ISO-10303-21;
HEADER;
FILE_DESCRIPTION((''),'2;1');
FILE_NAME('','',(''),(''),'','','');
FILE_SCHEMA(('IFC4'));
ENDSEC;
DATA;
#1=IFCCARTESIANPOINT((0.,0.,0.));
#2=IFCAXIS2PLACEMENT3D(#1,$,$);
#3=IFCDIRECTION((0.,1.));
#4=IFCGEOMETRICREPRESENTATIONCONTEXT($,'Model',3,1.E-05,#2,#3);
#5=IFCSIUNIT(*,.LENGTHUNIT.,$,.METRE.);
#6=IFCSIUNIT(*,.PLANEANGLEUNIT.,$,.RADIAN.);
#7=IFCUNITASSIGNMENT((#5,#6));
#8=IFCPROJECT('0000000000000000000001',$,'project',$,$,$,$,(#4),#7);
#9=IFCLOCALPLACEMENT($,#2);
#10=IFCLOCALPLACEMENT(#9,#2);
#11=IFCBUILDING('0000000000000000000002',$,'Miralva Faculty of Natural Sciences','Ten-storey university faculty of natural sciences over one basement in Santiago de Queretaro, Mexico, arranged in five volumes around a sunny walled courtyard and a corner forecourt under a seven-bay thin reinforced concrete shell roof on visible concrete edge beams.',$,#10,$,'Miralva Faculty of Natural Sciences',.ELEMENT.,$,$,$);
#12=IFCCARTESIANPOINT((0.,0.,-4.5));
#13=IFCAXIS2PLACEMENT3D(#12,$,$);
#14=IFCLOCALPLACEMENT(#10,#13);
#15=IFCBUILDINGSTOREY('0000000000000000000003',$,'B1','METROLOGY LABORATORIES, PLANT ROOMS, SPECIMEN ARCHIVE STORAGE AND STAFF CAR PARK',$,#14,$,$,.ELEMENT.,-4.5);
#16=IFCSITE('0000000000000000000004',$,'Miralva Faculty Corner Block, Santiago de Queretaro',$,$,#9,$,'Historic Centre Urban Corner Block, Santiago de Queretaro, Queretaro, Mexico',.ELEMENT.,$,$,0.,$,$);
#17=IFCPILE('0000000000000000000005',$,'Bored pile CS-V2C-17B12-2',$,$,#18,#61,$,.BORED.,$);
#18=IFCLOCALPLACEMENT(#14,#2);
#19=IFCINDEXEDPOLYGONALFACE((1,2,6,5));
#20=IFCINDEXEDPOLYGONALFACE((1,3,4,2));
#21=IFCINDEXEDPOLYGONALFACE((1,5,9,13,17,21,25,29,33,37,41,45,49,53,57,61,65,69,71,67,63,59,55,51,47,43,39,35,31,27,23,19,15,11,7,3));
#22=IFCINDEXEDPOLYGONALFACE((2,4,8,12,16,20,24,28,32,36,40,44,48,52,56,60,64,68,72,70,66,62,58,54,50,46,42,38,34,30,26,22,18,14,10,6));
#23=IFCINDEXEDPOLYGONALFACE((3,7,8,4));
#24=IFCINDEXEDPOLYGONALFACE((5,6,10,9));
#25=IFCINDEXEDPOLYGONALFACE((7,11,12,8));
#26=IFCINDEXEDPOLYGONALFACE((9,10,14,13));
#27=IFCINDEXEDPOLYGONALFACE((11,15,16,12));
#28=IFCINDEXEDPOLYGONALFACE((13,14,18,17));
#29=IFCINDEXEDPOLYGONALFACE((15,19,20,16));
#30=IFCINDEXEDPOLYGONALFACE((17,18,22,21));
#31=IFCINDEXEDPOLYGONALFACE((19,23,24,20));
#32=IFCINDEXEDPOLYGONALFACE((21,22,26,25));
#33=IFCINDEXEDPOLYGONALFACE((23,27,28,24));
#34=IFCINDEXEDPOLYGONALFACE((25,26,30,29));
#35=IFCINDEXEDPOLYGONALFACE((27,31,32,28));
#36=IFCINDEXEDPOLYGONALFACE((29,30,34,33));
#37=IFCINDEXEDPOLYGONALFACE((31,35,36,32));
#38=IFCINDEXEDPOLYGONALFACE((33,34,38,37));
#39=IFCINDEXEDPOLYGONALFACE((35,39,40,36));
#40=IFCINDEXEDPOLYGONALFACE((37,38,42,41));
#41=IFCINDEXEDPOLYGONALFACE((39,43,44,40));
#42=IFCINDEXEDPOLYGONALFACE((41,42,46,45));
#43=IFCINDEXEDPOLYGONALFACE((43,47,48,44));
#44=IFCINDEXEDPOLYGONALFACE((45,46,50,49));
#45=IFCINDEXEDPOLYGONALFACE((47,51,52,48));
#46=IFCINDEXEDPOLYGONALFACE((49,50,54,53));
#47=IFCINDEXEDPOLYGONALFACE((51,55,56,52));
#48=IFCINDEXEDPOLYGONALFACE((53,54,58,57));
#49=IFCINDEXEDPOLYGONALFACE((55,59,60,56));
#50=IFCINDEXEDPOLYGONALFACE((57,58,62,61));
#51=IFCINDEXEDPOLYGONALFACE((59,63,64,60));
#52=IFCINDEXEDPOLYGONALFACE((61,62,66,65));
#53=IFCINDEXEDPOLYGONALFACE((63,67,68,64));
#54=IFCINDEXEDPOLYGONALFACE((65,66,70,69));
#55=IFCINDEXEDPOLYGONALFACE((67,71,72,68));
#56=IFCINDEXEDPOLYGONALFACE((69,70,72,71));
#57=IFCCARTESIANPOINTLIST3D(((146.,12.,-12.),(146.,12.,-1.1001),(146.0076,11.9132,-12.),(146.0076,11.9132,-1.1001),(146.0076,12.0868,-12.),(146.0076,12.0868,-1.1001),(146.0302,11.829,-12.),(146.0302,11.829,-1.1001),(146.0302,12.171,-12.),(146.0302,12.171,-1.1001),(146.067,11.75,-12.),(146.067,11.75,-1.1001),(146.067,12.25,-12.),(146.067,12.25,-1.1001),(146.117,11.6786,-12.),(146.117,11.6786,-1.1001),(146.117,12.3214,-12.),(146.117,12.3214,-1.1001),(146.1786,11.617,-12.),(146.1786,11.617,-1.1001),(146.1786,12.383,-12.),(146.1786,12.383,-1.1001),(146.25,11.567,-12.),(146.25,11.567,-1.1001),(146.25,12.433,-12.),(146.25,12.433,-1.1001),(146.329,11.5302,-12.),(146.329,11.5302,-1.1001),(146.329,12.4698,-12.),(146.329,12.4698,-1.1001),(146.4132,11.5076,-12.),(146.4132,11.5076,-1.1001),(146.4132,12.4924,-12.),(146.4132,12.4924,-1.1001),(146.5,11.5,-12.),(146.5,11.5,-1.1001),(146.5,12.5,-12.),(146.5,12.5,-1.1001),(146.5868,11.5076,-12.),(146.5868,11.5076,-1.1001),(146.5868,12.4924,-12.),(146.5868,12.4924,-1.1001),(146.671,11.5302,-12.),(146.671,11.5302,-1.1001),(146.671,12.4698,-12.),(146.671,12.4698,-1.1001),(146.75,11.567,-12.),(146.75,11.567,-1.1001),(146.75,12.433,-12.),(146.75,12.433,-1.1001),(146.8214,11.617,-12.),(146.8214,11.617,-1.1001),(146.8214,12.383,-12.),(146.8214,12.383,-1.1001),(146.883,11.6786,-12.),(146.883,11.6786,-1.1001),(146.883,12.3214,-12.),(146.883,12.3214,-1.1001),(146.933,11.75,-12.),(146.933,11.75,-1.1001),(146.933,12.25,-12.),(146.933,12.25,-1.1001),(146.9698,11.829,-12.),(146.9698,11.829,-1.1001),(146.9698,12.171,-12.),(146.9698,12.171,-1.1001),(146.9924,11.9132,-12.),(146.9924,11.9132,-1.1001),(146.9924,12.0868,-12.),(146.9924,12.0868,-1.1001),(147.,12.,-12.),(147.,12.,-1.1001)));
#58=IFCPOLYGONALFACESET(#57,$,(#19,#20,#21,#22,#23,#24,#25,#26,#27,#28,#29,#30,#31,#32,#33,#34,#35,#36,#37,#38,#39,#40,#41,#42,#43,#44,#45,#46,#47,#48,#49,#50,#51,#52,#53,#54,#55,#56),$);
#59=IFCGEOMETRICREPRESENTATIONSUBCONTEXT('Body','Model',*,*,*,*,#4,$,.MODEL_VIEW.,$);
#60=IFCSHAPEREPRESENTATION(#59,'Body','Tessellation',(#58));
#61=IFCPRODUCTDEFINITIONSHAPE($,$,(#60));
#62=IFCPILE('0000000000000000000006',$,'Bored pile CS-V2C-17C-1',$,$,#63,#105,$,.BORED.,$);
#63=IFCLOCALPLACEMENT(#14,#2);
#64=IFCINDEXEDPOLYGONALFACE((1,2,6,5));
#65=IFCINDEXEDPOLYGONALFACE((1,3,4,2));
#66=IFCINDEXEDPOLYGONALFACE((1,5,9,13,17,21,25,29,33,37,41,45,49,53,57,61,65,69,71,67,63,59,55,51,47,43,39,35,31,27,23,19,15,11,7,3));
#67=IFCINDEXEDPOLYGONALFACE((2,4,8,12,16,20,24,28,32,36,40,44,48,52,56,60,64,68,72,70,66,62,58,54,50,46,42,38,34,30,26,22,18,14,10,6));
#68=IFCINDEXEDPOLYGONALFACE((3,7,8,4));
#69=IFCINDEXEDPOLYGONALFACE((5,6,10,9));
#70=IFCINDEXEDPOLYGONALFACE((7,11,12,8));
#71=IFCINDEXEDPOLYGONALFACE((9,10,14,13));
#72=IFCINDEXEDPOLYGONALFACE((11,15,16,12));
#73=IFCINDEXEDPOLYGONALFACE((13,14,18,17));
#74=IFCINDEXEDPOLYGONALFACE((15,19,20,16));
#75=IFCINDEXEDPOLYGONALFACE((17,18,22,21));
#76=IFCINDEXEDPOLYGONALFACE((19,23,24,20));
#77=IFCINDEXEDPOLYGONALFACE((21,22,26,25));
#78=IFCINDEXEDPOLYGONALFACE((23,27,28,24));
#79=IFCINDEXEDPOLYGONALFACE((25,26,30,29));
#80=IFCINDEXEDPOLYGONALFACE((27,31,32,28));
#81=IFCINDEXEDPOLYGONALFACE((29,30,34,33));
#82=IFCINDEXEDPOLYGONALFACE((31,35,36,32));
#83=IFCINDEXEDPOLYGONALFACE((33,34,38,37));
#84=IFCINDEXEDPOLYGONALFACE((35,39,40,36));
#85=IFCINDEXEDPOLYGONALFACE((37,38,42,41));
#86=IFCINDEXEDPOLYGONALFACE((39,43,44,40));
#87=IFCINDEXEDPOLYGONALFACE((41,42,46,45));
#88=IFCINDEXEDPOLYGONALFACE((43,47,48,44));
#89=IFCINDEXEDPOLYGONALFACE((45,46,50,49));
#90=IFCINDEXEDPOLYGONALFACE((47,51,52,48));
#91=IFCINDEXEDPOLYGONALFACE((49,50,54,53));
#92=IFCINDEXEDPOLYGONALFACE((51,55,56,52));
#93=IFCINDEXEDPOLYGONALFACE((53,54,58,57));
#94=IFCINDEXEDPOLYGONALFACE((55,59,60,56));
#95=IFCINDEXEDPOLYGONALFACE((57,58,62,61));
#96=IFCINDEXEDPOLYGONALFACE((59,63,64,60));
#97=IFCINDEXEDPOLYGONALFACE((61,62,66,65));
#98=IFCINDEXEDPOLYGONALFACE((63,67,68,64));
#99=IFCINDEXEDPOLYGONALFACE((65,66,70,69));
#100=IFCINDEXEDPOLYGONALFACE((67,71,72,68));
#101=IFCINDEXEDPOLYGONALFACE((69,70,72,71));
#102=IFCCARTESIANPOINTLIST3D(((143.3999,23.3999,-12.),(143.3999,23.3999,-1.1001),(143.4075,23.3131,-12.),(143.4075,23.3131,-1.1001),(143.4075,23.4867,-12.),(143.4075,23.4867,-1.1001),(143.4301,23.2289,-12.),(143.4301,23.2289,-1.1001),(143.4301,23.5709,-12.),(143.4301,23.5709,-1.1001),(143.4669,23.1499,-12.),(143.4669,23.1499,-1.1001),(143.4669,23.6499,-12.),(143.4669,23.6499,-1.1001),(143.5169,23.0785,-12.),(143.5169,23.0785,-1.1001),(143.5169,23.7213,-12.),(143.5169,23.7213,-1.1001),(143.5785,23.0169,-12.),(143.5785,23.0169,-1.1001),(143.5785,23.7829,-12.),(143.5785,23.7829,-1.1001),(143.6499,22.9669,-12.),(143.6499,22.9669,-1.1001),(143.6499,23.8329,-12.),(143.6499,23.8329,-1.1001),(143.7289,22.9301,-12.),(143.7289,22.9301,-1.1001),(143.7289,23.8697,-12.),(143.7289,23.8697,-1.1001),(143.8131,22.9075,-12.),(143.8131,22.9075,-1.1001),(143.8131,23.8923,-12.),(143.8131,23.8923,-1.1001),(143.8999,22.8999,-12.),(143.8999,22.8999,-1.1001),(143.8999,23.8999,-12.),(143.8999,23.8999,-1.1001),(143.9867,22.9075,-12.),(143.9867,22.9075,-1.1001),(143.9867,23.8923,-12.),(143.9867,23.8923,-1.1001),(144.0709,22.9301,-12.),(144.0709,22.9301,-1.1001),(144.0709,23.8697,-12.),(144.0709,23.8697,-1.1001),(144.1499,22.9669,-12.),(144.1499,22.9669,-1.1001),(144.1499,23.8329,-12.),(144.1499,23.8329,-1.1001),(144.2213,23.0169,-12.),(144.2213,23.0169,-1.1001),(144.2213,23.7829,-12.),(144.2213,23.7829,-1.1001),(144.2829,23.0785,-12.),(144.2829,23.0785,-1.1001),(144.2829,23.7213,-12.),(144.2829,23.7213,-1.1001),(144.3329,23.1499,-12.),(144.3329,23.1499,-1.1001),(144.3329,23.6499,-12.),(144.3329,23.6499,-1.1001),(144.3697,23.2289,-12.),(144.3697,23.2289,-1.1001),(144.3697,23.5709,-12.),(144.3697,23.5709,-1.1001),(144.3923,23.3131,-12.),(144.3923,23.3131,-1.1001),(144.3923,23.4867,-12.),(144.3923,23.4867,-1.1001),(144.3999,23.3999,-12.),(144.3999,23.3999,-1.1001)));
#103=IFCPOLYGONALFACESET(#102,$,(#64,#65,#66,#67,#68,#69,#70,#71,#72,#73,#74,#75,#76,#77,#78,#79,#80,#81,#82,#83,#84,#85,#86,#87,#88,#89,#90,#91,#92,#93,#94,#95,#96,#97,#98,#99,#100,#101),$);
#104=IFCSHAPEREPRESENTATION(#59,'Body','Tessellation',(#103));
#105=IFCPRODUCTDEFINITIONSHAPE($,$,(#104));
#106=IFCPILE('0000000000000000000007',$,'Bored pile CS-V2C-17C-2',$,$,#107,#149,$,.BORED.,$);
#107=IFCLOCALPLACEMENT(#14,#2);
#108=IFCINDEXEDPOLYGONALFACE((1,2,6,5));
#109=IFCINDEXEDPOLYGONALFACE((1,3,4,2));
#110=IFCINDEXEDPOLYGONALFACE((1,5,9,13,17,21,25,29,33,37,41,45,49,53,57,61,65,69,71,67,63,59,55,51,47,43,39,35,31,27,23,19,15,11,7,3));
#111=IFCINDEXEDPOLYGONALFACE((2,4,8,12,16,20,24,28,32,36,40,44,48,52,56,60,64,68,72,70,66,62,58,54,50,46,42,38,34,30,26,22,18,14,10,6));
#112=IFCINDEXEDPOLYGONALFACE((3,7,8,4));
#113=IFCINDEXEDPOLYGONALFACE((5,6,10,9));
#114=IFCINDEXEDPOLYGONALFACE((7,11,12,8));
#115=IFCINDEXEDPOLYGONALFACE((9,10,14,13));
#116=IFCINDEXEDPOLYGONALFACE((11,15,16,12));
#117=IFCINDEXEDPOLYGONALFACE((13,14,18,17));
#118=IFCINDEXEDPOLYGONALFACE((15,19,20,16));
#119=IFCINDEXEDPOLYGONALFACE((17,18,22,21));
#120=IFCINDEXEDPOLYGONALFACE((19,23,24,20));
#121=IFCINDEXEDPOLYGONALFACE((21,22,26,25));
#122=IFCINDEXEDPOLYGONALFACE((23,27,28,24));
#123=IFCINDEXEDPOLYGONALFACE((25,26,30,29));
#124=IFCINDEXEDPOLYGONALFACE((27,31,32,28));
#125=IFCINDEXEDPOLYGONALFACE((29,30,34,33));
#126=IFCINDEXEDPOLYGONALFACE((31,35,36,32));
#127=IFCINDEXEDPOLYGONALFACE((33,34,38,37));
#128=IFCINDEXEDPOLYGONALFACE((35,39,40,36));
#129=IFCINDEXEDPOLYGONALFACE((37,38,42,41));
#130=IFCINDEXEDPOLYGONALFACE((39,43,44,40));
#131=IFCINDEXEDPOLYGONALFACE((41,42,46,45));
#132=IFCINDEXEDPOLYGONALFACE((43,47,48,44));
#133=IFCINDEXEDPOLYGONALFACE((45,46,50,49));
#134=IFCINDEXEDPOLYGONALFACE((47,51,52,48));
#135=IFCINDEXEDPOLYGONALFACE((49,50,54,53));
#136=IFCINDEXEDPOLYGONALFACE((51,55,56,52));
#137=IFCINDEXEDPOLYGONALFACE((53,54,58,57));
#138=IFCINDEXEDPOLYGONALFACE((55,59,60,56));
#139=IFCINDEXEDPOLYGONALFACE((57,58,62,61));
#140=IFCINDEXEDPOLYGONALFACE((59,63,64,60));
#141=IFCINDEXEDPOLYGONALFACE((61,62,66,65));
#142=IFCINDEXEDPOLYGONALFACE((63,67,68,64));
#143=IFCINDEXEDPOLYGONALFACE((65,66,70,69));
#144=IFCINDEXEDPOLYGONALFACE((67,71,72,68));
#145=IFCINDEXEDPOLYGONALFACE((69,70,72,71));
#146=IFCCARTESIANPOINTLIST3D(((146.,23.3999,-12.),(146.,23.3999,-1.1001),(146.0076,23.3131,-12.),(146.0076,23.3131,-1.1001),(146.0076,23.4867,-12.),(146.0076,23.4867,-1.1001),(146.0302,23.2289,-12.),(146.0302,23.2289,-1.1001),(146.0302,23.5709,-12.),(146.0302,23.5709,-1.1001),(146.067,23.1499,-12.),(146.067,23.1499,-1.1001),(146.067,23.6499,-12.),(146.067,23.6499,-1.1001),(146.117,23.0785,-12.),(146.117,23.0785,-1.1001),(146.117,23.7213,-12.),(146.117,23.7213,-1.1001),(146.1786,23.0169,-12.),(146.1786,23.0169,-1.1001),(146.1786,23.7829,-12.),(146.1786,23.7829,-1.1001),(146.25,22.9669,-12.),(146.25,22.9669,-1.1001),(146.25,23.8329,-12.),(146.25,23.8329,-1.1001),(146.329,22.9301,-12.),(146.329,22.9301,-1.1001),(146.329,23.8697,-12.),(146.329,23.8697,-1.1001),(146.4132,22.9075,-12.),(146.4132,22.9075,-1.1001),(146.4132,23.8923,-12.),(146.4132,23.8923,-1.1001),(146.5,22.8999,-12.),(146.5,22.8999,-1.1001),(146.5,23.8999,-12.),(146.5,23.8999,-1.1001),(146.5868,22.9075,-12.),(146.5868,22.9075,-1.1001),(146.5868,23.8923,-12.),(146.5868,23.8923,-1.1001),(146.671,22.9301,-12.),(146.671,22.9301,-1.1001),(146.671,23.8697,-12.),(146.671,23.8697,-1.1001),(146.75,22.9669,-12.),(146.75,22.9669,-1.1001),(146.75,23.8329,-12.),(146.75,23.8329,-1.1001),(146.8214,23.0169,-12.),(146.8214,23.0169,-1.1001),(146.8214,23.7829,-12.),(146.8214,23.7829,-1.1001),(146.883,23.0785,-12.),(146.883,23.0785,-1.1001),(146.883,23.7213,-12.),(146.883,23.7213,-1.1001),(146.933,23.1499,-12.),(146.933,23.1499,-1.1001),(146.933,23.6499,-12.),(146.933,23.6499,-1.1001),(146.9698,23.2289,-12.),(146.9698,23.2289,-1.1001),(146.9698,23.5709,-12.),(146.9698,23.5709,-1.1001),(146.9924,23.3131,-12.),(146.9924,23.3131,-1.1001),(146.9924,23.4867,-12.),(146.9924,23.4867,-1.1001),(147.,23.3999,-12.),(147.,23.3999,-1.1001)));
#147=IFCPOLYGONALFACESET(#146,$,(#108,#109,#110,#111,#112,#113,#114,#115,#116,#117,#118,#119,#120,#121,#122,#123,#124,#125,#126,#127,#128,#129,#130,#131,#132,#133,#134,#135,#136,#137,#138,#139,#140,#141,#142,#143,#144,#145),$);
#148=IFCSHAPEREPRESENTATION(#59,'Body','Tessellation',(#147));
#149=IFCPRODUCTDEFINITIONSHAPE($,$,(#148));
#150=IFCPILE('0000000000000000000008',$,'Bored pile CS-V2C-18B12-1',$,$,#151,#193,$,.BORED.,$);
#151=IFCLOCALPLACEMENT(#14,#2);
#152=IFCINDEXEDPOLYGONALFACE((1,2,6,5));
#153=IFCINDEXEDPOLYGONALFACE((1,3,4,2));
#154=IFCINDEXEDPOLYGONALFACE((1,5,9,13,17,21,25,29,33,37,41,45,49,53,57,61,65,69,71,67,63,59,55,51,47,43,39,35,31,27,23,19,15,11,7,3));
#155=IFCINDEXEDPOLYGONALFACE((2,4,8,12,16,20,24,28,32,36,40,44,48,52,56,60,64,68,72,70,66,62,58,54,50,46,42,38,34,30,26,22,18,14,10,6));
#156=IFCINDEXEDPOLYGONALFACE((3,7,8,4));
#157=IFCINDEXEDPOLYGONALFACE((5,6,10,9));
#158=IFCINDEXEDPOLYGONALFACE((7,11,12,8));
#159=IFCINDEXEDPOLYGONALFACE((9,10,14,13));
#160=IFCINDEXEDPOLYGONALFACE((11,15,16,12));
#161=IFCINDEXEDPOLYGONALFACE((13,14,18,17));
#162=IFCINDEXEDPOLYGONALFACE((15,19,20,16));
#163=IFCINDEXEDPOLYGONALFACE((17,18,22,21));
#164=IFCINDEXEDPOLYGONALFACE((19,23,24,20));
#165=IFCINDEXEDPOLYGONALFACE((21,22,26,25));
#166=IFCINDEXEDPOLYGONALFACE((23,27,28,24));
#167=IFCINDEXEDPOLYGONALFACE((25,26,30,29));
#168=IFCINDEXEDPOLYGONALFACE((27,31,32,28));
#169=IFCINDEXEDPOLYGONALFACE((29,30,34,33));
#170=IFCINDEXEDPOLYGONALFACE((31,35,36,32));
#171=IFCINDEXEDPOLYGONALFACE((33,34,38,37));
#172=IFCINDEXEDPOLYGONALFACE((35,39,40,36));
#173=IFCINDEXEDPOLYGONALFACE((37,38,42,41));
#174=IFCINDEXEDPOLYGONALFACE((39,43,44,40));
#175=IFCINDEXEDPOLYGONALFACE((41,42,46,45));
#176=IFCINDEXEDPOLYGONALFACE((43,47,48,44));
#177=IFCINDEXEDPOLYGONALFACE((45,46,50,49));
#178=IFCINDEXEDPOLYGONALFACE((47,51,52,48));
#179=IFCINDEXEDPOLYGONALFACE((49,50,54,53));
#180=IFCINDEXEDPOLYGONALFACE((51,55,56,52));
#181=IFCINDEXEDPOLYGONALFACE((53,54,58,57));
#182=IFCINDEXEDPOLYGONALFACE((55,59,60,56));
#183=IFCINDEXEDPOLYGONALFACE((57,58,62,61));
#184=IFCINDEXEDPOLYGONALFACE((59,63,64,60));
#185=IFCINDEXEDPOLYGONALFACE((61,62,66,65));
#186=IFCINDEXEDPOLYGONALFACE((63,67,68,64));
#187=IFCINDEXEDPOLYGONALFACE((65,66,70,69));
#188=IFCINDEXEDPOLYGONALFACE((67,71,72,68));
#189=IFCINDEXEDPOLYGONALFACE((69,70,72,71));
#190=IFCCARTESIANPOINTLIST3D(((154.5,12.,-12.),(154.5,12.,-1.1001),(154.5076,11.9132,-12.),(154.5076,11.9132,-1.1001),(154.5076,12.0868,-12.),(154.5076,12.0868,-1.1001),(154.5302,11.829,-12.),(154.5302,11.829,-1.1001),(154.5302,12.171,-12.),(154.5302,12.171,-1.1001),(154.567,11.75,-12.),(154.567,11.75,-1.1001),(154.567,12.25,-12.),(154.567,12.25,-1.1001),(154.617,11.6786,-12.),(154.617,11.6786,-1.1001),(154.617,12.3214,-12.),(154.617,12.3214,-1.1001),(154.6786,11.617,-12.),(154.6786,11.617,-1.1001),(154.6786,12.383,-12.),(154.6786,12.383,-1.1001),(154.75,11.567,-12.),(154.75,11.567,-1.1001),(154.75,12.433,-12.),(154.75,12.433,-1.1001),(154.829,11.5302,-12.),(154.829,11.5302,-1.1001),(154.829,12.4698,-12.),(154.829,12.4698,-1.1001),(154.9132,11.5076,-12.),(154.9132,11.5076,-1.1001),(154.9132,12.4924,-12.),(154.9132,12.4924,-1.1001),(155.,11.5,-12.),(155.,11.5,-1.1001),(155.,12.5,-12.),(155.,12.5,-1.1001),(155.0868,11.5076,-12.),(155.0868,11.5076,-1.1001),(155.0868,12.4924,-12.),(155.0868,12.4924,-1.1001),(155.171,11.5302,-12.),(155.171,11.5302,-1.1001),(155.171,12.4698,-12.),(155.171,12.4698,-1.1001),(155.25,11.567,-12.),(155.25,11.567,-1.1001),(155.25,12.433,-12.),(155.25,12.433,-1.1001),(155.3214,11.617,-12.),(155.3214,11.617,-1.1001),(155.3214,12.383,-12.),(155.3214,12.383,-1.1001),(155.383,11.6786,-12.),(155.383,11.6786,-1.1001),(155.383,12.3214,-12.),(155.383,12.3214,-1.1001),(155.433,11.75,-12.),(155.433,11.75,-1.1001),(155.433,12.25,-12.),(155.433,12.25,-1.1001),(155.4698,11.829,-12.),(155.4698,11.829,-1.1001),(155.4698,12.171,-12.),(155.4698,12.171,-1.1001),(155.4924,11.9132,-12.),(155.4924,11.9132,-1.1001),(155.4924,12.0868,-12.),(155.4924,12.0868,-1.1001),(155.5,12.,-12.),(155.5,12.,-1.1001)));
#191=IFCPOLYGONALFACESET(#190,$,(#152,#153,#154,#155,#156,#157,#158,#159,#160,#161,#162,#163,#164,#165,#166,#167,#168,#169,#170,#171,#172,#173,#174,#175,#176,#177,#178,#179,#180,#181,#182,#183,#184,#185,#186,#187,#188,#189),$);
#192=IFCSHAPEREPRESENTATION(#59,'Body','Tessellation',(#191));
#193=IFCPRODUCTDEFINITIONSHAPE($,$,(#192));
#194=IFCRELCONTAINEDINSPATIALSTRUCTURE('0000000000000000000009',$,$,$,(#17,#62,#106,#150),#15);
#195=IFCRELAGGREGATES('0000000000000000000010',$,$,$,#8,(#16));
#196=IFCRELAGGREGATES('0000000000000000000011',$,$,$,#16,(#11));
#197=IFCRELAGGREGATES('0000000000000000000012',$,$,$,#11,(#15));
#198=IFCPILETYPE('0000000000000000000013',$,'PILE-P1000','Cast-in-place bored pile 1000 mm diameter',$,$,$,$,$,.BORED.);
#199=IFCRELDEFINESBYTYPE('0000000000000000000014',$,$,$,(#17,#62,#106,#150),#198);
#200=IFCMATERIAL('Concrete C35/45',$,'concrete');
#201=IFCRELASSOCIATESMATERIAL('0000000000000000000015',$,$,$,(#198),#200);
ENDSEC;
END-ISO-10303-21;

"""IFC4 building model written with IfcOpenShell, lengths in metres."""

from ifc_helpers import new_model, si_unit, direction, frame, origin, origin_2d, place, context, subcontext, project, spatial, circle, extrude, material, material_profile, profile_set, type_object, element, save


model = new_model("IFC4")

# Units and contexts
model_context = context("Model", 3, precision=1e-05, world=origin(), true_north=direction((0.0, 1.0)))
body_context = subcontext(model_context, "Body", "Model", "MODEL_VIEW")
ifc_project = project(units=[si_unit("LENGTHUNIT", "METRE"), si_unit("PLANEANGLEUNIT", "RADIAN")], contexts=[model_context])

# Site, building, storey
site_placement = place(None, origin())
site = spatial("IfcSite", under=ifc_project, at=site_placement, Name="Miralva Faculty Corner Block, Santiago de Queretaro", LongName="Historic Centre Urban Corner Block, Santiago de Queretaro, Queretaro, Mexico", CompositionType="ELEMENT", RefElevation=0.0)
building_placement = place(site_placement, origin())
building = spatial("IfcBuilding", under=site, at=building_placement, Name="Miralva Faculty of Natural Sciences", Description="Ten-storey university faculty of natural sciences over one basement in Santiago de Queretaro, Mexico, arranged in five volumes around a sunny walled courtyard and a corner forecourt under a seven-bay thin reinforced concrete shell roof on visible concrete edge beams.", LongName="Miralva Faculty of Natural Sciences", CompositionType="ELEMENT")
storey_placement = place(building_placement, frame((0.0, 0.0, -4.5)))
storey = spatial("IfcBuildingStorey", under=building, at=storey_placement, Name="B1", Description="METROLOGY LABORATORIES, PLANT ROOMS, SPECIMEN ARCHIVE STORAGE AND STAFF CAR PARK", CompositionType="ELEMENT", Elevation=-4.5)

# Shared definitions
ifc_material_1 = material(Name="Concrete C35/45", Category="concrete")

# Piles
ifc_material_profile_1 = material_profile(ifc_material_1, circle(Radius=0.5, at=origin_2d()), Name="BORED PILE 1000")
ifc_profile_set_1 = profile_set([ifc_material_profile_1], Name="Concrete C35/45")
pile_type = type_object("IfcPileType", Name="PILE-P1000", Description="Cast-in-place bored pile 1000 mm diameter", PredefinedType="BORED", material=ifc_profile_set_1)
for number, where, z_axis, x_axis, name in (
    (1, (146.5, 12.0, -1.1001), (0.0, 0.0, -1.0), (1.0, 0.0, 0.0), "Bored pile CS-V2C-17B12-2"),
    (2, (143.8999, 23.3999, -1.1001), (0.0, 0.0, -1.0), (1.0, 0.0, 0.0), "Bored pile CS-V2C-17C-1"),
    (3, (146.5, 23.3999, -1.1001), (0.0, 0.0, -1.0), (1.0, 0.0, 0.0), "Bored pile CS-V2C-17C-2"),
    (4, (155.0, 12.0, -1.1001), (0.0, 0.0, -1.0), (1.0, 0.0, 0.0), "Bored pile CS-V2C-18B12-1"),
):
    element("IfcPile", number, at=place(storey_placement, frame(where, z_axis=z_axis, x_axis=x_axis)), inside=storey, type_object=pile_type, Name=name, PredefinedType="BORED", context=body_context, shape_type="SweptSolid", body=[
        extrude(circle(Radius=0.5, at=origin_2d()), origin(), (0.0, 0.0, 1.0), 10.8999),
    ])

save(model, "model.ifc")
